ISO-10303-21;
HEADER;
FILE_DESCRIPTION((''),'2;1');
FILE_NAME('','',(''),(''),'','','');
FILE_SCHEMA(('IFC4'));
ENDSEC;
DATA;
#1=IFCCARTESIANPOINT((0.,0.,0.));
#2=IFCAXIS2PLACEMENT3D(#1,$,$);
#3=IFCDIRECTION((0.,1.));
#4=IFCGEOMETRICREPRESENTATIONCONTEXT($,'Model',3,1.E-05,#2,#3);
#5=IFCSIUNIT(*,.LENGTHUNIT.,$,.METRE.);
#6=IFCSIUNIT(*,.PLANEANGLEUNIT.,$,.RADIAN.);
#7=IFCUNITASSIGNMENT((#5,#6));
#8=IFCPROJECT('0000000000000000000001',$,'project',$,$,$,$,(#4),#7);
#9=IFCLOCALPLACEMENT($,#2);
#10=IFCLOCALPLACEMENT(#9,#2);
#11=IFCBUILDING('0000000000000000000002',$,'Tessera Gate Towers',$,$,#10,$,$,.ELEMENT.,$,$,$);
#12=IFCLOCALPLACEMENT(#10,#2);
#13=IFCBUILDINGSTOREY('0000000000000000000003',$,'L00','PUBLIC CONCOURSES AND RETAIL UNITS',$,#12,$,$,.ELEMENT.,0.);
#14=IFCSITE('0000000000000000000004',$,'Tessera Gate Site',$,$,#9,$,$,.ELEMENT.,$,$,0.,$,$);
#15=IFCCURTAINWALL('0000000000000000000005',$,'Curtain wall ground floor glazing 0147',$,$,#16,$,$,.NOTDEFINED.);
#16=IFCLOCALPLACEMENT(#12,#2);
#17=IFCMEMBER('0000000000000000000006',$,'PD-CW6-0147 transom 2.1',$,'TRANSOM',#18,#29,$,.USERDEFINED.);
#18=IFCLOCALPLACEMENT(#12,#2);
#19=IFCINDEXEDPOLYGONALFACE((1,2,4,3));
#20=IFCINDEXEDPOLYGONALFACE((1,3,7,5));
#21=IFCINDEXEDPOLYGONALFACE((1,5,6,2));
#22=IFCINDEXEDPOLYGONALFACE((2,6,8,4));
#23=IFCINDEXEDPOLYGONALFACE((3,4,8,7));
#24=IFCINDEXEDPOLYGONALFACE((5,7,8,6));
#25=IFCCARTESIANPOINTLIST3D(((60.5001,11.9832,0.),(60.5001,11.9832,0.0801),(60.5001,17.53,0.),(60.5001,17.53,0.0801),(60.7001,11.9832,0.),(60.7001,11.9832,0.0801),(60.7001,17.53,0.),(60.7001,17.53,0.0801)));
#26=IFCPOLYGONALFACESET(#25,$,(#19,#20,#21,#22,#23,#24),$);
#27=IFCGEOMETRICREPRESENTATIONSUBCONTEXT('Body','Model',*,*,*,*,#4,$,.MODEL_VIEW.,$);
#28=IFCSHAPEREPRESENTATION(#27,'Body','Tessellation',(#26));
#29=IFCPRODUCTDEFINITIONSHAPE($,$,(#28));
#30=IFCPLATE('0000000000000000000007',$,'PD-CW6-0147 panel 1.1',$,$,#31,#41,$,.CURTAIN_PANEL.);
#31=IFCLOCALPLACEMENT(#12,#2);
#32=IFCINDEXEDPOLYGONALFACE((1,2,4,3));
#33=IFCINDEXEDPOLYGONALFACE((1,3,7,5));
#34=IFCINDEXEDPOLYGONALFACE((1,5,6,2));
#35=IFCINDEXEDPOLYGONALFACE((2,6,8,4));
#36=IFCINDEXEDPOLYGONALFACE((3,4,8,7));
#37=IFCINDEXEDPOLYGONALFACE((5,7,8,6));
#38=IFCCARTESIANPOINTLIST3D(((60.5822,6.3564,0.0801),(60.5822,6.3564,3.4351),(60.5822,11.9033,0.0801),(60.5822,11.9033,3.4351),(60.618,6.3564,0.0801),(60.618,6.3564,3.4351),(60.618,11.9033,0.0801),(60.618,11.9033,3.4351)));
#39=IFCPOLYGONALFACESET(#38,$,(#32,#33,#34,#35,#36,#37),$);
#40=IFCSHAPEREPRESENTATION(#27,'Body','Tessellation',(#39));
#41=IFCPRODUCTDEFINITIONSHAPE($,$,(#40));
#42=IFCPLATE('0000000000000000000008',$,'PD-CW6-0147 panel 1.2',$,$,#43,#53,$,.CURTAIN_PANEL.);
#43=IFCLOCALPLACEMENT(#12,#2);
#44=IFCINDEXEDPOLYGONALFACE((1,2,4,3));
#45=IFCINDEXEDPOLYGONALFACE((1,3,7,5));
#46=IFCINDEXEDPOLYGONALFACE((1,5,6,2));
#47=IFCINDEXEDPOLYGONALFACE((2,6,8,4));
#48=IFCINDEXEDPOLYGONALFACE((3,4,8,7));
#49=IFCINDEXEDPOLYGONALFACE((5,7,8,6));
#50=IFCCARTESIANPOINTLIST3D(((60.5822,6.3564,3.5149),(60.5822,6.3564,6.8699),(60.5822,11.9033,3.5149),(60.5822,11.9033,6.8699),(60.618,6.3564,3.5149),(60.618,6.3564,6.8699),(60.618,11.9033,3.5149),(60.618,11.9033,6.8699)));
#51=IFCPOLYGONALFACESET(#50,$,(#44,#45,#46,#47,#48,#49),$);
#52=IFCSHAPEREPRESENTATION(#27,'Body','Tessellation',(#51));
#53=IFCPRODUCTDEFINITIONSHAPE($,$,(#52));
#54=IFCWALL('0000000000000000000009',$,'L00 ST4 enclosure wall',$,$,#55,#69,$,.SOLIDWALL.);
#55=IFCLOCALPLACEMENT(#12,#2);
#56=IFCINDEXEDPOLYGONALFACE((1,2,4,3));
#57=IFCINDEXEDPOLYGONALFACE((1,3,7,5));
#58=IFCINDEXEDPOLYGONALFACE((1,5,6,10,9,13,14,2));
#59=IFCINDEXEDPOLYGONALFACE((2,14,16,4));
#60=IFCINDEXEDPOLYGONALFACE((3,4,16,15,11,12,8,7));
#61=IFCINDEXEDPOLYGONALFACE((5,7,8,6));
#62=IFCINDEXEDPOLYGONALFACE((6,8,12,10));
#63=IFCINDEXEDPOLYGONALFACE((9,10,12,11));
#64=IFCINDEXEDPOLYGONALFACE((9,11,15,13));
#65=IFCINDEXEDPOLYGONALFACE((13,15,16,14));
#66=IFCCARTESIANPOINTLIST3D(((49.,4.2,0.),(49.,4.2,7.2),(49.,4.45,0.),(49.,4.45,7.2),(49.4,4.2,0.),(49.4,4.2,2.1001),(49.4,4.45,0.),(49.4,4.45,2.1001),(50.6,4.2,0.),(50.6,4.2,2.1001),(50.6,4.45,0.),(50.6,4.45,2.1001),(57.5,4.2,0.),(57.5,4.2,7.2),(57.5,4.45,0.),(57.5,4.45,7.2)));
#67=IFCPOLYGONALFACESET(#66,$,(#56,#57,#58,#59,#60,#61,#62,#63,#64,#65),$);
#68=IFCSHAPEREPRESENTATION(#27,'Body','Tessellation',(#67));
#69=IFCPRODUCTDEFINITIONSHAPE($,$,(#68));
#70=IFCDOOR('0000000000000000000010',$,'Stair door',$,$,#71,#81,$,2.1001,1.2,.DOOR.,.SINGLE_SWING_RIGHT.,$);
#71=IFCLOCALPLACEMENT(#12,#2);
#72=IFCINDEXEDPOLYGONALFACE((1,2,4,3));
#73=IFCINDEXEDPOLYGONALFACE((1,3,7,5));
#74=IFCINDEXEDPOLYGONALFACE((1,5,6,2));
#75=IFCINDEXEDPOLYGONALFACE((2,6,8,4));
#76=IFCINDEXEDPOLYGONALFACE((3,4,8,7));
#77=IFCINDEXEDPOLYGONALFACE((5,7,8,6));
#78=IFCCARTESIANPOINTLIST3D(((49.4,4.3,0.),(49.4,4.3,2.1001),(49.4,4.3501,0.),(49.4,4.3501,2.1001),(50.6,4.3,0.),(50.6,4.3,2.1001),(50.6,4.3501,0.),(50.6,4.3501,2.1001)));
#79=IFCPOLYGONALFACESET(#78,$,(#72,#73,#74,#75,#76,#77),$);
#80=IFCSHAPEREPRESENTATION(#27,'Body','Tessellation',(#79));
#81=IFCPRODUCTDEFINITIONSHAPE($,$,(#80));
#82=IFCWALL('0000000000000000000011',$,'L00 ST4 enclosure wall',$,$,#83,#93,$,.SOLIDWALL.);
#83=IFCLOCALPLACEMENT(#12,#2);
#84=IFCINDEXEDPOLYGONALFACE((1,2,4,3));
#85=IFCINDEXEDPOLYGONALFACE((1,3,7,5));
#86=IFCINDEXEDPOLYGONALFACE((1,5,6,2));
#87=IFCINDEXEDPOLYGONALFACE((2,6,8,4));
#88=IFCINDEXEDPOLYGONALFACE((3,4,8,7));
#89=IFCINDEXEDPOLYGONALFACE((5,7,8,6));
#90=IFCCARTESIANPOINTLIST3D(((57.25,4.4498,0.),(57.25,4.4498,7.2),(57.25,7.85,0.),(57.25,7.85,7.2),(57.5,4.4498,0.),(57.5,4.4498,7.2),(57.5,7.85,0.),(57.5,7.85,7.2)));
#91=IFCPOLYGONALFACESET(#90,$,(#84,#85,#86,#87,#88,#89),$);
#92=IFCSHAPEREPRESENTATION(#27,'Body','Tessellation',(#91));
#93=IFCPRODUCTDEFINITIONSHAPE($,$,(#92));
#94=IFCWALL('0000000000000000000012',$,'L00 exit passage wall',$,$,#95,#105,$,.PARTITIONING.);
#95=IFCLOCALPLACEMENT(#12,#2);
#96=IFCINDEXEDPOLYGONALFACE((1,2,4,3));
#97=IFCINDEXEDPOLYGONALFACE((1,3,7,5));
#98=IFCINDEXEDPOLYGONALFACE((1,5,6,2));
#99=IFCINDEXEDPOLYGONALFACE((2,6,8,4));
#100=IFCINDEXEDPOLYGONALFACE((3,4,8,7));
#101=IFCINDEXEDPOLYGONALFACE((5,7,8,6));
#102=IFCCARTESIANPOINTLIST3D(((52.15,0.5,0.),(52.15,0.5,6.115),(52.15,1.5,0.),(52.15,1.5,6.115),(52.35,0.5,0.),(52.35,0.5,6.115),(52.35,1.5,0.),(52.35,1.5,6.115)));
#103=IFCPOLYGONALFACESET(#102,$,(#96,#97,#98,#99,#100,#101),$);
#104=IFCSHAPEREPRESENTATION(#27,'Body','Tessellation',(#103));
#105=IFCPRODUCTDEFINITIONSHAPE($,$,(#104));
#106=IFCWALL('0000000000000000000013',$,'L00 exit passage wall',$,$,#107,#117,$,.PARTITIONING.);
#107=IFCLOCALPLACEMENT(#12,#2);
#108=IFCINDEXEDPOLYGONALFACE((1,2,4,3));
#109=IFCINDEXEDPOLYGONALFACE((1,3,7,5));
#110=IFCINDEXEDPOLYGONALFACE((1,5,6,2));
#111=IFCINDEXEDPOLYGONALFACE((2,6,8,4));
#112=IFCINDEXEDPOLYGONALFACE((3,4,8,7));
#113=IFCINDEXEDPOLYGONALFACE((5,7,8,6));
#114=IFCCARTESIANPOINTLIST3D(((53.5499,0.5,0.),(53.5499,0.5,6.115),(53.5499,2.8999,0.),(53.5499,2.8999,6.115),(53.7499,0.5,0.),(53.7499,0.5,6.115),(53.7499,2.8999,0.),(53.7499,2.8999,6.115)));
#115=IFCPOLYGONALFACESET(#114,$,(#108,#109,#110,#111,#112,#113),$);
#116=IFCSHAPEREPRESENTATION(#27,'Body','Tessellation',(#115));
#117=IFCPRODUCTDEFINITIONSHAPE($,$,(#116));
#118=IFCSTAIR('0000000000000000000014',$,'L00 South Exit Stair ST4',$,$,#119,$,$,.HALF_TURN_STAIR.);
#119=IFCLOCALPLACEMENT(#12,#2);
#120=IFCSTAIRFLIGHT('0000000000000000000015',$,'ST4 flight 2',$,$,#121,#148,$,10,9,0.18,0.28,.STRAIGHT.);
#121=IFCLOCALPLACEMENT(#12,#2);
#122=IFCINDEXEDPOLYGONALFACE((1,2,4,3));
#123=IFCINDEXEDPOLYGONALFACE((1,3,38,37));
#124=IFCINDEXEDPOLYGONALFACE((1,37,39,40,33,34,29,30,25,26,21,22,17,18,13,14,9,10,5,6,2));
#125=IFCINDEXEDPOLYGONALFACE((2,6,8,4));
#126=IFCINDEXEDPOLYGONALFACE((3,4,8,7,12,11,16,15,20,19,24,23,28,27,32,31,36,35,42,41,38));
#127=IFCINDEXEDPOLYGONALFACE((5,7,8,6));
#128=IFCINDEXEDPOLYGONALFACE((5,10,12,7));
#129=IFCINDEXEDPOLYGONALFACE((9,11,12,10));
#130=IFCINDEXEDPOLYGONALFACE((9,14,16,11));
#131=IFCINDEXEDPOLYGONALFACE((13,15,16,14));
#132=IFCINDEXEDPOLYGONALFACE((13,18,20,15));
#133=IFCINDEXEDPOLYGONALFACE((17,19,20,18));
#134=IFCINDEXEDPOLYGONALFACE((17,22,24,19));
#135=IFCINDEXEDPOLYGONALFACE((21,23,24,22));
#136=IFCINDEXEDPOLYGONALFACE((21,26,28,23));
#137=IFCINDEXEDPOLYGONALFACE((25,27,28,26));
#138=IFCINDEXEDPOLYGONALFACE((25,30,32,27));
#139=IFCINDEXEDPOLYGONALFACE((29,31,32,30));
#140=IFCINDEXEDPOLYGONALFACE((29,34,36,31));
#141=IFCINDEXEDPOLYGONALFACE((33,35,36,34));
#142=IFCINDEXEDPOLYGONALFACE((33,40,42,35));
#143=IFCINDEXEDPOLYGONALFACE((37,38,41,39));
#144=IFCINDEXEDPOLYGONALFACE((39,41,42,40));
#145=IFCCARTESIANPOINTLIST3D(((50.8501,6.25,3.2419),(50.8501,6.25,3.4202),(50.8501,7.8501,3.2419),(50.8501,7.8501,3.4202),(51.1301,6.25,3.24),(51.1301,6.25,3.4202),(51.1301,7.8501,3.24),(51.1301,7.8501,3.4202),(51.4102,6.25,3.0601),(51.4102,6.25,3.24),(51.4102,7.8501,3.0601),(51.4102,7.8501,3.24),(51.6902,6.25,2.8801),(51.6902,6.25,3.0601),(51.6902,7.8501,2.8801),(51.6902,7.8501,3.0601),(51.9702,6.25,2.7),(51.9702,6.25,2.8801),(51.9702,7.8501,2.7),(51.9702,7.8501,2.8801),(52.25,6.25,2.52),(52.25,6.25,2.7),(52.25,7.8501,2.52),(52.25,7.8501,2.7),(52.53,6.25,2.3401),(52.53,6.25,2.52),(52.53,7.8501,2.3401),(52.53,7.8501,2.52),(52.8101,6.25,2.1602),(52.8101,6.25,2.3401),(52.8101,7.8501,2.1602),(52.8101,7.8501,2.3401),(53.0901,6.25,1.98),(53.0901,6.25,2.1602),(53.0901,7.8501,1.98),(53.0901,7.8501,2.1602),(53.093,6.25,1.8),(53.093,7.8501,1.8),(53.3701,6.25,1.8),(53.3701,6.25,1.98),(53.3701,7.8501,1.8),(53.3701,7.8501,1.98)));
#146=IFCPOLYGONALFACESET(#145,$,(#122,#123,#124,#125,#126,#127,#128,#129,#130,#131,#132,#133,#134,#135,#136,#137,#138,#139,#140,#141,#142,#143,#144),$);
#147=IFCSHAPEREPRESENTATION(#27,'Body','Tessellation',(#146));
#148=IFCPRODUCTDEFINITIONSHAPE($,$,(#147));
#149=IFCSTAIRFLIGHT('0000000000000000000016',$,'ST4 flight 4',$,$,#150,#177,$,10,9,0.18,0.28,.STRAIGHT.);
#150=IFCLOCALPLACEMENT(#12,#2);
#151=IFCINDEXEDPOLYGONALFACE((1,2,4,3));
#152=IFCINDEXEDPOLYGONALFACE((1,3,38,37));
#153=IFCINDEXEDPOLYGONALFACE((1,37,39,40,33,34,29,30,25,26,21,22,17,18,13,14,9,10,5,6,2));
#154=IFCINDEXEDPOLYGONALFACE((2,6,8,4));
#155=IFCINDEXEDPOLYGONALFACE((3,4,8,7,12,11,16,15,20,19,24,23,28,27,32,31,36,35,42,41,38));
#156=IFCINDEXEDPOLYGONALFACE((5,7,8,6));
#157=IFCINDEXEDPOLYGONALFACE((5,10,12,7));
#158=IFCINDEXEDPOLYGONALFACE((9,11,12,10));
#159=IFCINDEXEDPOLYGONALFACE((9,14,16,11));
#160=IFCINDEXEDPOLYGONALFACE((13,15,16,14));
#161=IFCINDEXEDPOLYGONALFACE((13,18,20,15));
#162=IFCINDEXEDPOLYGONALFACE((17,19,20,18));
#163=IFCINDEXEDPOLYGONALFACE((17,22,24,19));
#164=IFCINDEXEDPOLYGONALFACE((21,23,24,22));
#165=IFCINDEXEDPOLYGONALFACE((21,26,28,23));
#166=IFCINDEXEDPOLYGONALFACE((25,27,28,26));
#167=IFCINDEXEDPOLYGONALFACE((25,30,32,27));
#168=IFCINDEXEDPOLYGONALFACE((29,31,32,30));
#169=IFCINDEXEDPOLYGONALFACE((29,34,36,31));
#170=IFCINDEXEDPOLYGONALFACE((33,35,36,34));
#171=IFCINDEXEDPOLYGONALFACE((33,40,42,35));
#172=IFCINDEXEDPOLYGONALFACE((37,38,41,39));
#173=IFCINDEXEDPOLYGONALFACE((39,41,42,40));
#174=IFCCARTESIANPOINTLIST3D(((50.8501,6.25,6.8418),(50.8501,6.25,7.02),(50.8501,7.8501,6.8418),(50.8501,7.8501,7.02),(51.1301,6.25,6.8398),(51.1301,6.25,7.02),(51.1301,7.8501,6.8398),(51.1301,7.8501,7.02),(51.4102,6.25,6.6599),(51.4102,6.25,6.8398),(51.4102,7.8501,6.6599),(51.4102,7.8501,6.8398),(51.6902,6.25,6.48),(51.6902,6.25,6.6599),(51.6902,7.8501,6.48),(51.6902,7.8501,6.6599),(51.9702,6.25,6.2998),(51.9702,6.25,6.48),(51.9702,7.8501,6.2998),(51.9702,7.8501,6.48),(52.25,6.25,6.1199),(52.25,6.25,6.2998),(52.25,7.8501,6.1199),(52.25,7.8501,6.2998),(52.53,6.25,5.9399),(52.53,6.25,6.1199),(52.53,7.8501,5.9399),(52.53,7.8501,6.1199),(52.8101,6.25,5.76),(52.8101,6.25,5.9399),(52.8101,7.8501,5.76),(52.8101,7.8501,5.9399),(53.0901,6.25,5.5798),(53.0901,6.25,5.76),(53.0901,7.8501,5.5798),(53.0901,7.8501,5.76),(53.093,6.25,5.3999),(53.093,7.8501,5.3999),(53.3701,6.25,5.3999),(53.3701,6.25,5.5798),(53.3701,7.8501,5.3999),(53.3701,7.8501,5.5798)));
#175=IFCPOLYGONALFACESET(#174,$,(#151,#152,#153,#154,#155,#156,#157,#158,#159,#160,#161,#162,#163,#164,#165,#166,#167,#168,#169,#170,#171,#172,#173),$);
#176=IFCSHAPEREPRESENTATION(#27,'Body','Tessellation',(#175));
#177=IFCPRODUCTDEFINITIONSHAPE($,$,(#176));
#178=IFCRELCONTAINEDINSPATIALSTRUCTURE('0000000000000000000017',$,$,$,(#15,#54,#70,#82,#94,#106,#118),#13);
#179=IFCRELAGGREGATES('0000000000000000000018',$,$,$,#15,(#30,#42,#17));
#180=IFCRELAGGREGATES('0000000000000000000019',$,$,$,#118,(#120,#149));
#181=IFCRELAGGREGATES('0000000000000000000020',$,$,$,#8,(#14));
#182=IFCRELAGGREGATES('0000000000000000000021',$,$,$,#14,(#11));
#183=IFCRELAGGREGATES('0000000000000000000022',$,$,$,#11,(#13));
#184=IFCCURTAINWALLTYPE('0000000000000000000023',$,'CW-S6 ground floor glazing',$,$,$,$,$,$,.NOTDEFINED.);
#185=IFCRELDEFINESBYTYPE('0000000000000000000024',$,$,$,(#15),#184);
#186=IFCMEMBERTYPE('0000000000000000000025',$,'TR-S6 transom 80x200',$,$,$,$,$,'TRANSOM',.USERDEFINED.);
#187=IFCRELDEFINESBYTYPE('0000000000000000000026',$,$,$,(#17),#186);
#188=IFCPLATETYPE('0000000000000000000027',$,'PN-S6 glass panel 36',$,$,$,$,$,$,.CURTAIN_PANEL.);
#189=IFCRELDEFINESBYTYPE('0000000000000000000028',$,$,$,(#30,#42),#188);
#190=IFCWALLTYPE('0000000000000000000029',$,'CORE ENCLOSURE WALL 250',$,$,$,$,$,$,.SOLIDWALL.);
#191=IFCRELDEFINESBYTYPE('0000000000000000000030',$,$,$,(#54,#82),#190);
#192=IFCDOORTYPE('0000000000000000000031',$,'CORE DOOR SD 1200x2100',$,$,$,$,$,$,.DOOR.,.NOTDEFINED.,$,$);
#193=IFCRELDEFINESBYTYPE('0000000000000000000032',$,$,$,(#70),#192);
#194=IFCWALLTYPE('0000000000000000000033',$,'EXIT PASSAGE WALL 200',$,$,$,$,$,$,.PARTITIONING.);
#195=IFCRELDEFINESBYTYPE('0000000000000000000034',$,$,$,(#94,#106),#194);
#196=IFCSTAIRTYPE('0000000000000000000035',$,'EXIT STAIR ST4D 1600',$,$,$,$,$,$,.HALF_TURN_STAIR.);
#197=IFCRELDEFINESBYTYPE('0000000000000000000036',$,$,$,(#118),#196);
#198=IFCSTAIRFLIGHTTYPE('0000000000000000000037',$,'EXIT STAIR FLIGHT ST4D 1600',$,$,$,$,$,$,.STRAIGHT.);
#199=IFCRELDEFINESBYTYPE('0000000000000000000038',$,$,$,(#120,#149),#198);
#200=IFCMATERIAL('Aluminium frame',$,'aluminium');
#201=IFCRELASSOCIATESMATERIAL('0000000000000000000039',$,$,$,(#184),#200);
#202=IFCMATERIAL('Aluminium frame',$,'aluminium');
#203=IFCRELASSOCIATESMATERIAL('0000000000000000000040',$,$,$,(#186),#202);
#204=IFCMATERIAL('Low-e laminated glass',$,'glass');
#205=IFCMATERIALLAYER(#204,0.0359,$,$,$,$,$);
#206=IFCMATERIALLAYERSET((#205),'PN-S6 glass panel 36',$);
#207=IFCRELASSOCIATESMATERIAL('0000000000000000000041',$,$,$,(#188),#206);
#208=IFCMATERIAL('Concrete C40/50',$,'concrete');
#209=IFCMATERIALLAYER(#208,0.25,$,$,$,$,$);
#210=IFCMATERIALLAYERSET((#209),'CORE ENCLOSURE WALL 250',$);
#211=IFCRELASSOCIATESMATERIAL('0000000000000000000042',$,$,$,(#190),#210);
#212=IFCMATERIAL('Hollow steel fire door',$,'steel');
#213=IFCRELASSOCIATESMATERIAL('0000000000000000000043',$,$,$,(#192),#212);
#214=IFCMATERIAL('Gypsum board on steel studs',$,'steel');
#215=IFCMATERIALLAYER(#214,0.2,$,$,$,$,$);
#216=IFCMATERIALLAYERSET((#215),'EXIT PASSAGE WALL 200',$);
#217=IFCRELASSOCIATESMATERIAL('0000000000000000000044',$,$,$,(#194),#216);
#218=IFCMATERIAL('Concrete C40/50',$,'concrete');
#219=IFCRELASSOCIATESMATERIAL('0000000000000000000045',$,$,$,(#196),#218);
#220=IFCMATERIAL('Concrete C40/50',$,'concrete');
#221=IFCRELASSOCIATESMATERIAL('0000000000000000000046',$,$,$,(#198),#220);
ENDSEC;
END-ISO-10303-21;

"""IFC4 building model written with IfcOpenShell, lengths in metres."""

from ifc_helpers import new_model, si_unit, direction, frame, frame_2d, origin, origin_2d, place, context, subcontext, project, spatial, polyline, rectangle, outline, extrude, source, transform, mapped, material, layer, layer_set, material_profile, profile_set, type_object, element, fill, aggregate, save


model = new_model("IFC4")

# Units and contexts
model_context = context("Model", 3, precision=1e-05, world=origin(), true_north=direction((0.0, 1.0)))
body_context = subcontext(model_context, "Body", "Model", "MODEL_VIEW")
ifc_project = project(units=[si_unit("LENGTHUNIT", "METRE"), si_unit("PLANEANGLEUNIT", "RADIAN")], contexts=[model_context])

# Site, building, storey
site_placement = place(None, origin())
site = spatial("IfcSite", under=ifc_project, at=site_placement, Name="Tessera Gate Site", CompositionType="ELEMENT", RefElevation=0.0)
building_placement = place(site_placement, origin())
building = spatial("IfcBuilding", under=site, at=building_placement, Name="Tessera Gate Towers", CompositionType="ELEMENT")
storey_placement = place(building_placement, origin())
storey = spatial("IfcBuildingStorey", under=building, at=storey_placement, Name="L00", Description="PUBLIC CONCOURSES AND RETAIL UNITS", CompositionType="ELEMENT", Elevation=0.0)

# Curtain wall, member, plates
ifc_material_1 = material(Name="Aluminium frame", Category="aluminium")
curtain_wall_type = type_object("IfcCurtainWallType", Name="CW-S6 ground floor glazing", PredefinedType="NOTDEFINED", material=ifc_material_1)
curtain_wall_placement = place(storey_placement, origin())
curtain_wall = element("IfcCurtainWall", 1, at=curtain_wall_placement, inside=storey, type_object=curtain_wall_type, Name="Curtain wall ground floor glazing 0147", PredefinedType="NOTDEFINED")
ifc_material_2 = material(Name="Aluminium frame", Category="aluminium")
ifc_material_profile_1 = material_profile(ifc_material_2, rectangle(XDim=0.2, YDim=0.0801, at=origin_2d()), Name="AL 80x200")
ifc_profile_set_1 = profile_set([ifc_material_profile_1], Name="Aluminium frame")
member_type_1 = type_object("IfcMemberType", Name="TR-S6 transom 80x200", ElementType="TRANSOM", PredefinedType="USERDEFINED", material=ifc_profile_set_1)
member_1_placement = place(storey_placement, frame((60.6001, 11.9832, 0.04), z_axis=(0.0, 1.0, 0.0), x_axis=(-1.0, 0.0, 0.0)))
member_1 = element("IfcMember", 2, at=member_1_placement, type_object=member_type_1, Name="PD-CW6-0147 transom 2.1", ObjectType="TRANSOM", PredefinedType="USERDEFINED", context=body_context, shape_type="SweptSolid", body=[
    extrude(rectangle(XDim=0.2, YDim=0.0801, at=origin_2d()), origin(), (0.0, 0.0, 1.0), 5.5469),
])
ifc_material_3 = material(Name="Low-e laminated glass", Category="glass")
ifc_layer_1 = layer(ifc_material_3, 0.0359)
ifc_layer_set_1 = layer_set([ifc_layer_1], Name="PN-S6 glass panel 36")
plate_type = type_object("IfcPlateType", Name="PN-S6 glass panel 36", PredefinedType="CURTAIN_PANEL", material=ifc_layer_set_1)
plate_1_placement = place(storey_placement, frame((60.6001, 9.1299, 0.0801), z_axis=(0.0, 0.0, 1.0), x_axis=(0.0, 1.0, 0.0)))
plate_1 = element("IfcPlate", 3, at=plate_1_placement, type_object=plate_type, Name="PD-CW6-0147 panel 1.1", PredefinedType="CURTAIN_PANEL", context=body_context, shape_type="SweptSolid", body=[
    extrude(rectangle(XDim=5.5469, YDim=0.0359, at=origin_2d()), origin(), (0.0, 0.0, 1.0), 3.355),
])
plate_2_placement = place(storey_placement, frame((60.6001, 9.1299, 3.5149), z_axis=(0.0, 0.0, 1.0), x_axis=(0.0, 1.0, 0.0)))
plate_2 = element("IfcPlate", 4, at=plate_2_placement, type_object=plate_type, Name="PD-CW6-0147 panel 1.2", PredefinedType="CURTAIN_PANEL", context=body_context, shape_type="SweptSolid", body=[
    extrude(rectangle(XDim=5.5469, YDim=0.0359, at=origin_2d()), origin(), (0.0, 0.0, 1.0), 3.355),
])
aggregate(curtain_wall, [plate_1, plate_2, member_1])

# Wall, opening, door
ifc_material_4 = material(Name="Concrete C40/50", Category="concrete")
ifc_layer_2 = layer(ifc_material_4, 0.25)
ifc_layer_set_2 = layer_set([ifc_layer_2], Name="CORE ENCLOSURE WALL 250")
wall_type_1 = type_object("IfcWallType", Name="CORE ENCLOSURE WALL 250", PredefinedType="SOLIDWALL", material=ifc_layer_set_2)
wall_1_placement = place(storey_placement, frame((57.5, 4.325, 0.0), z_axis=(0.0, 0.0, 1.0), x_axis=(-1.0, 0.0, 0.0)))
wall_1 = element("IfcWall", 5, at=wall_1_placement, inside=storey, type_object=wall_type_1, Name="L00 ST4 enclosure wall", PredefinedType="SOLIDWALL", context=body_context, shape_type="SweptSolid", body=[
    extrude(rectangle(XDim=8.5, YDim=0.25, at=frame_2d((4.25, 0.0))), origin(), (0.0, 0.0, 1.0), 7.2),
])
shared_shape_1 = source(origin(), body_context, "Body", "SweptSolid", [
    extrude(rectangle(XDim=1.2, YDim=2.1001, at=frame_2d((0.6001, 1.05))), frame((0.0, 0.135, 0.0), z_axis=(0.0, -1.0, 0.0), x_axis=(1.0, 0.0, 0.0)), (0.0, 0.0, 1.0), 0.27),
])
opening_placement = place(wall_1_placement, frame((6.8999, 0.0, 0.0)))
opening = element("IfcOpeningElement", 6, at=opening_placement, cuts=wall_1, PredefinedType="OPENING", context=body_context, shape_type="MappedRepresentation", body=[
    mapped(shared_shape_1, transform((0.0, 0.0, 0.0), scale=1.0)),
])
ifc_material_5 = material(Name="Hollow steel fire door", Category="steel")
door_type = type_object("IfcDoorType", Name="CORE DOOR SD 1200x2100", OperationType="NOTDEFINED", PredefinedType="DOOR", material=ifc_material_5)
shared_shape_2 = source(origin(), body_context, "Body", "SweptSolid", [
    extrude(rectangle(XDim=1.2, YDim=2.1001, at=frame_2d((0.6001, 1.05))), frame((0.0, 0.0249, 0.0), z_axis=(0.0, -1.0, 0.0), x_axis=(1.0, 0.0, 0.0)), (0.0, 0.0, 1.0), 0.05),
])
door_placement = place(opening_placement, origin())
door = element("IfcDoor", 7, at=door_placement, inside=storey, type_object=door_type, Name="Stair door", OperationType="SINGLE_SWING_RIGHT", OverallHeight=2.1001, OverallWidth=1.2, PredefinedType="DOOR", context=body_context, shape_type="MappedRepresentation", body=[
    mapped(shared_shape_2, transform((0.0, 0.0, 0.0), scale=1.0)),
])
fill(opening, door)

# Walls
wall_2_placement = place(storey_placement, frame((57.375, 7.8501, 0.0), z_axis=(0.0, 0.0, 1.0), x_axis=(0.0, -1.0, 0.0)))
element("IfcWall", 8, at=wall_2_placement, inside=storey, type_object=wall_type_1, Name="L00 ST4 enclosure wall", PredefinedType="SOLIDWALL", context=body_context, shape_type="SweptSolid", body=[
    extrude(rectangle(XDim=3.4001, YDim=0.25, at=frame_2d((1.7002, 0.0))), origin(), (0.0, 0.0, 1.0), 7.2),
])
ifc_material_6 = material(Name="Gypsum board on steel studs", Category="steel")
ifc_layer_3 = layer(ifc_material_6, 0.2)
ifc_layer_set_3 = layer_set([ifc_layer_3], Name="EXIT PASSAGE WALL 200")
wall_type_2 = type_object("IfcWallType", Name="EXIT PASSAGE WALL 200", PredefinedType="PARTITIONING", material=ifc_layer_set_3)
wall_3_placement = place(storey_placement, frame((52.25, 0.5, 0.0), z_axis=(0.0, 0.0, 1.0), x_axis=(0.0, 1.0, 0.0)))
element("IfcWall", 9, at=wall_3_placement, inside=storey, type_object=wall_type_2, Name="L00 exit passage wall", PredefinedType="PARTITIONING", context=body_context, shape_type="SweptSolid", body=[
    extrude(rectangle(XDim=1.0, YDim=0.2, at=frame_2d((0.5, 0.0))), origin(), (0.0, 0.0, 1.0), 6.115),
])
wall_4_placement = place(storey_placement, frame((53.6499, 0.5, 0.0), z_axis=(0.0, 0.0, 1.0), x_axis=(0.0, 1.0, 0.0)))
element("IfcWall", 10, at=wall_4_placement, inside=storey, type_object=wall_type_2, Name="L00 exit passage wall", PredefinedType="PARTITIONING", context=body_context, shape_type="SweptSolid", body=[
    extrude(rectangle(XDim=2.3999, YDim=0.2, at=frame_2d((1.2, 0.0))), origin(), (0.0, 0.0, 1.0), 6.115),
])

# Stair, stair flights
ifc_material_7 = material(Name="Concrete C40/50", Category="concrete")
stair_type = type_object("IfcStairType", Name="EXIT STAIR ST4D 1600", PredefinedType="HALF_TURN_STAIR", material=ifc_material_7)
stair_placement = place(storey_placement, origin())
stair = element("IfcStair", 11, at=stair_placement, inside=storey, type_object=stair_type, Name="L00 South Exit Stair ST4", PredefinedType="HALF_TURN_STAIR")
ifc_material_8 = material(Name="Concrete C40/50", Category="concrete")
stair_flight_type = type_object("IfcStairFlightType", Name="EXIT STAIR FLIGHT ST4D 1600", PredefinedType="STRAIGHT", material=ifc_material_8)
stair_flight_1_placement = place(storey_placement, frame((53.3701, 7.05, 1.8), z_axis=(0.0, 0.0, 1.0), x_axis=(-1.0, 0.0, 0.0)))
stair_flight_1 = element("IfcStairFlight", 12, at=stair_flight_1_placement, type_object=stair_flight_type, Name="ST4 flight 2", NumberOfRisers=10, NumberOfTreads=9, PredefinedType="STRAIGHT", RiserHeight=0.18, TreadLength=0.28, context=body_context, shape_type="SweptSolid", body=[
    extrude(outline(polyline([(0.0, 0.0), (0.0, 0.1799), (0.28, 0.1799), (0.28, 0.3601), (0.5601, 0.3601), (0.5601, 0.54), (0.8401, 0.54), (0.8401, 0.72), (1.1201, 0.72), (1.1201, 0.8999), (1.3999, 0.8999), (1.3999, 1.0801), (1.6799, 1.0801), (1.6799, 1.26), (1.96, 1.26), (1.96, 1.4399), (2.24, 1.4399), (2.24, 1.6201), (2.52, 1.6201), (2.52, 1.8), (2.52, 1.4419), (0.2771, 0.0), (0.0, 0.0)])), frame((0.0, 0.8, 0.0), z_axis=(0.0, -1.0, 0.0), x_axis=(1.0, 0.0, 0.0)), (0.0, 0.0, 1.0), 1.6001),
])
stair_flight_2_placement = place(storey_placement, frame((53.3701, 7.05, 5.3999), z_axis=(0.0, 0.0, 1.0), x_axis=(-1.0, 0.0, 0.0)))
stair_flight_2 = element("IfcStairFlight", 13, at=stair_flight_2_placement, type_object=stair_flight_type, Name="ST4 flight 4", NumberOfRisers=10, NumberOfTreads=9, PredefinedType="STRAIGHT", RiserHeight=0.18, TreadLength=0.28, context=body_context, shape_type="SweptSolid", body=[
    extrude(outline(polyline([(0.0, 0.0), (0.0, 0.1799), (0.28, 0.1799), (0.28, 0.3601), (0.5601, 0.3601), (0.5601, 0.54), (0.8401, 0.54), (0.8401, 0.72), (1.1201, 0.72), (1.1201, 0.8999), (1.3999, 0.8999), (1.3999, 1.0801), (1.6799, 1.0801), (1.6799, 1.26), (1.96, 1.26), (1.96, 1.4399), (2.24, 1.4399), (2.24, 1.6201), (2.52, 1.6201), (2.52, 1.8), (2.52, 1.4419), (0.2771, 0.0), (0.0, 0.0)])), frame((0.0, 0.8, 0.0), z_axis=(0.0, -1.0, 0.0), x_axis=(1.0, 0.0, 0.0)), (0.0, 0.0, 1.0), 1.6001),
])
aggregate(stair, [stair_flight_1, stair_flight_2])

save(model, "model.ifc")
